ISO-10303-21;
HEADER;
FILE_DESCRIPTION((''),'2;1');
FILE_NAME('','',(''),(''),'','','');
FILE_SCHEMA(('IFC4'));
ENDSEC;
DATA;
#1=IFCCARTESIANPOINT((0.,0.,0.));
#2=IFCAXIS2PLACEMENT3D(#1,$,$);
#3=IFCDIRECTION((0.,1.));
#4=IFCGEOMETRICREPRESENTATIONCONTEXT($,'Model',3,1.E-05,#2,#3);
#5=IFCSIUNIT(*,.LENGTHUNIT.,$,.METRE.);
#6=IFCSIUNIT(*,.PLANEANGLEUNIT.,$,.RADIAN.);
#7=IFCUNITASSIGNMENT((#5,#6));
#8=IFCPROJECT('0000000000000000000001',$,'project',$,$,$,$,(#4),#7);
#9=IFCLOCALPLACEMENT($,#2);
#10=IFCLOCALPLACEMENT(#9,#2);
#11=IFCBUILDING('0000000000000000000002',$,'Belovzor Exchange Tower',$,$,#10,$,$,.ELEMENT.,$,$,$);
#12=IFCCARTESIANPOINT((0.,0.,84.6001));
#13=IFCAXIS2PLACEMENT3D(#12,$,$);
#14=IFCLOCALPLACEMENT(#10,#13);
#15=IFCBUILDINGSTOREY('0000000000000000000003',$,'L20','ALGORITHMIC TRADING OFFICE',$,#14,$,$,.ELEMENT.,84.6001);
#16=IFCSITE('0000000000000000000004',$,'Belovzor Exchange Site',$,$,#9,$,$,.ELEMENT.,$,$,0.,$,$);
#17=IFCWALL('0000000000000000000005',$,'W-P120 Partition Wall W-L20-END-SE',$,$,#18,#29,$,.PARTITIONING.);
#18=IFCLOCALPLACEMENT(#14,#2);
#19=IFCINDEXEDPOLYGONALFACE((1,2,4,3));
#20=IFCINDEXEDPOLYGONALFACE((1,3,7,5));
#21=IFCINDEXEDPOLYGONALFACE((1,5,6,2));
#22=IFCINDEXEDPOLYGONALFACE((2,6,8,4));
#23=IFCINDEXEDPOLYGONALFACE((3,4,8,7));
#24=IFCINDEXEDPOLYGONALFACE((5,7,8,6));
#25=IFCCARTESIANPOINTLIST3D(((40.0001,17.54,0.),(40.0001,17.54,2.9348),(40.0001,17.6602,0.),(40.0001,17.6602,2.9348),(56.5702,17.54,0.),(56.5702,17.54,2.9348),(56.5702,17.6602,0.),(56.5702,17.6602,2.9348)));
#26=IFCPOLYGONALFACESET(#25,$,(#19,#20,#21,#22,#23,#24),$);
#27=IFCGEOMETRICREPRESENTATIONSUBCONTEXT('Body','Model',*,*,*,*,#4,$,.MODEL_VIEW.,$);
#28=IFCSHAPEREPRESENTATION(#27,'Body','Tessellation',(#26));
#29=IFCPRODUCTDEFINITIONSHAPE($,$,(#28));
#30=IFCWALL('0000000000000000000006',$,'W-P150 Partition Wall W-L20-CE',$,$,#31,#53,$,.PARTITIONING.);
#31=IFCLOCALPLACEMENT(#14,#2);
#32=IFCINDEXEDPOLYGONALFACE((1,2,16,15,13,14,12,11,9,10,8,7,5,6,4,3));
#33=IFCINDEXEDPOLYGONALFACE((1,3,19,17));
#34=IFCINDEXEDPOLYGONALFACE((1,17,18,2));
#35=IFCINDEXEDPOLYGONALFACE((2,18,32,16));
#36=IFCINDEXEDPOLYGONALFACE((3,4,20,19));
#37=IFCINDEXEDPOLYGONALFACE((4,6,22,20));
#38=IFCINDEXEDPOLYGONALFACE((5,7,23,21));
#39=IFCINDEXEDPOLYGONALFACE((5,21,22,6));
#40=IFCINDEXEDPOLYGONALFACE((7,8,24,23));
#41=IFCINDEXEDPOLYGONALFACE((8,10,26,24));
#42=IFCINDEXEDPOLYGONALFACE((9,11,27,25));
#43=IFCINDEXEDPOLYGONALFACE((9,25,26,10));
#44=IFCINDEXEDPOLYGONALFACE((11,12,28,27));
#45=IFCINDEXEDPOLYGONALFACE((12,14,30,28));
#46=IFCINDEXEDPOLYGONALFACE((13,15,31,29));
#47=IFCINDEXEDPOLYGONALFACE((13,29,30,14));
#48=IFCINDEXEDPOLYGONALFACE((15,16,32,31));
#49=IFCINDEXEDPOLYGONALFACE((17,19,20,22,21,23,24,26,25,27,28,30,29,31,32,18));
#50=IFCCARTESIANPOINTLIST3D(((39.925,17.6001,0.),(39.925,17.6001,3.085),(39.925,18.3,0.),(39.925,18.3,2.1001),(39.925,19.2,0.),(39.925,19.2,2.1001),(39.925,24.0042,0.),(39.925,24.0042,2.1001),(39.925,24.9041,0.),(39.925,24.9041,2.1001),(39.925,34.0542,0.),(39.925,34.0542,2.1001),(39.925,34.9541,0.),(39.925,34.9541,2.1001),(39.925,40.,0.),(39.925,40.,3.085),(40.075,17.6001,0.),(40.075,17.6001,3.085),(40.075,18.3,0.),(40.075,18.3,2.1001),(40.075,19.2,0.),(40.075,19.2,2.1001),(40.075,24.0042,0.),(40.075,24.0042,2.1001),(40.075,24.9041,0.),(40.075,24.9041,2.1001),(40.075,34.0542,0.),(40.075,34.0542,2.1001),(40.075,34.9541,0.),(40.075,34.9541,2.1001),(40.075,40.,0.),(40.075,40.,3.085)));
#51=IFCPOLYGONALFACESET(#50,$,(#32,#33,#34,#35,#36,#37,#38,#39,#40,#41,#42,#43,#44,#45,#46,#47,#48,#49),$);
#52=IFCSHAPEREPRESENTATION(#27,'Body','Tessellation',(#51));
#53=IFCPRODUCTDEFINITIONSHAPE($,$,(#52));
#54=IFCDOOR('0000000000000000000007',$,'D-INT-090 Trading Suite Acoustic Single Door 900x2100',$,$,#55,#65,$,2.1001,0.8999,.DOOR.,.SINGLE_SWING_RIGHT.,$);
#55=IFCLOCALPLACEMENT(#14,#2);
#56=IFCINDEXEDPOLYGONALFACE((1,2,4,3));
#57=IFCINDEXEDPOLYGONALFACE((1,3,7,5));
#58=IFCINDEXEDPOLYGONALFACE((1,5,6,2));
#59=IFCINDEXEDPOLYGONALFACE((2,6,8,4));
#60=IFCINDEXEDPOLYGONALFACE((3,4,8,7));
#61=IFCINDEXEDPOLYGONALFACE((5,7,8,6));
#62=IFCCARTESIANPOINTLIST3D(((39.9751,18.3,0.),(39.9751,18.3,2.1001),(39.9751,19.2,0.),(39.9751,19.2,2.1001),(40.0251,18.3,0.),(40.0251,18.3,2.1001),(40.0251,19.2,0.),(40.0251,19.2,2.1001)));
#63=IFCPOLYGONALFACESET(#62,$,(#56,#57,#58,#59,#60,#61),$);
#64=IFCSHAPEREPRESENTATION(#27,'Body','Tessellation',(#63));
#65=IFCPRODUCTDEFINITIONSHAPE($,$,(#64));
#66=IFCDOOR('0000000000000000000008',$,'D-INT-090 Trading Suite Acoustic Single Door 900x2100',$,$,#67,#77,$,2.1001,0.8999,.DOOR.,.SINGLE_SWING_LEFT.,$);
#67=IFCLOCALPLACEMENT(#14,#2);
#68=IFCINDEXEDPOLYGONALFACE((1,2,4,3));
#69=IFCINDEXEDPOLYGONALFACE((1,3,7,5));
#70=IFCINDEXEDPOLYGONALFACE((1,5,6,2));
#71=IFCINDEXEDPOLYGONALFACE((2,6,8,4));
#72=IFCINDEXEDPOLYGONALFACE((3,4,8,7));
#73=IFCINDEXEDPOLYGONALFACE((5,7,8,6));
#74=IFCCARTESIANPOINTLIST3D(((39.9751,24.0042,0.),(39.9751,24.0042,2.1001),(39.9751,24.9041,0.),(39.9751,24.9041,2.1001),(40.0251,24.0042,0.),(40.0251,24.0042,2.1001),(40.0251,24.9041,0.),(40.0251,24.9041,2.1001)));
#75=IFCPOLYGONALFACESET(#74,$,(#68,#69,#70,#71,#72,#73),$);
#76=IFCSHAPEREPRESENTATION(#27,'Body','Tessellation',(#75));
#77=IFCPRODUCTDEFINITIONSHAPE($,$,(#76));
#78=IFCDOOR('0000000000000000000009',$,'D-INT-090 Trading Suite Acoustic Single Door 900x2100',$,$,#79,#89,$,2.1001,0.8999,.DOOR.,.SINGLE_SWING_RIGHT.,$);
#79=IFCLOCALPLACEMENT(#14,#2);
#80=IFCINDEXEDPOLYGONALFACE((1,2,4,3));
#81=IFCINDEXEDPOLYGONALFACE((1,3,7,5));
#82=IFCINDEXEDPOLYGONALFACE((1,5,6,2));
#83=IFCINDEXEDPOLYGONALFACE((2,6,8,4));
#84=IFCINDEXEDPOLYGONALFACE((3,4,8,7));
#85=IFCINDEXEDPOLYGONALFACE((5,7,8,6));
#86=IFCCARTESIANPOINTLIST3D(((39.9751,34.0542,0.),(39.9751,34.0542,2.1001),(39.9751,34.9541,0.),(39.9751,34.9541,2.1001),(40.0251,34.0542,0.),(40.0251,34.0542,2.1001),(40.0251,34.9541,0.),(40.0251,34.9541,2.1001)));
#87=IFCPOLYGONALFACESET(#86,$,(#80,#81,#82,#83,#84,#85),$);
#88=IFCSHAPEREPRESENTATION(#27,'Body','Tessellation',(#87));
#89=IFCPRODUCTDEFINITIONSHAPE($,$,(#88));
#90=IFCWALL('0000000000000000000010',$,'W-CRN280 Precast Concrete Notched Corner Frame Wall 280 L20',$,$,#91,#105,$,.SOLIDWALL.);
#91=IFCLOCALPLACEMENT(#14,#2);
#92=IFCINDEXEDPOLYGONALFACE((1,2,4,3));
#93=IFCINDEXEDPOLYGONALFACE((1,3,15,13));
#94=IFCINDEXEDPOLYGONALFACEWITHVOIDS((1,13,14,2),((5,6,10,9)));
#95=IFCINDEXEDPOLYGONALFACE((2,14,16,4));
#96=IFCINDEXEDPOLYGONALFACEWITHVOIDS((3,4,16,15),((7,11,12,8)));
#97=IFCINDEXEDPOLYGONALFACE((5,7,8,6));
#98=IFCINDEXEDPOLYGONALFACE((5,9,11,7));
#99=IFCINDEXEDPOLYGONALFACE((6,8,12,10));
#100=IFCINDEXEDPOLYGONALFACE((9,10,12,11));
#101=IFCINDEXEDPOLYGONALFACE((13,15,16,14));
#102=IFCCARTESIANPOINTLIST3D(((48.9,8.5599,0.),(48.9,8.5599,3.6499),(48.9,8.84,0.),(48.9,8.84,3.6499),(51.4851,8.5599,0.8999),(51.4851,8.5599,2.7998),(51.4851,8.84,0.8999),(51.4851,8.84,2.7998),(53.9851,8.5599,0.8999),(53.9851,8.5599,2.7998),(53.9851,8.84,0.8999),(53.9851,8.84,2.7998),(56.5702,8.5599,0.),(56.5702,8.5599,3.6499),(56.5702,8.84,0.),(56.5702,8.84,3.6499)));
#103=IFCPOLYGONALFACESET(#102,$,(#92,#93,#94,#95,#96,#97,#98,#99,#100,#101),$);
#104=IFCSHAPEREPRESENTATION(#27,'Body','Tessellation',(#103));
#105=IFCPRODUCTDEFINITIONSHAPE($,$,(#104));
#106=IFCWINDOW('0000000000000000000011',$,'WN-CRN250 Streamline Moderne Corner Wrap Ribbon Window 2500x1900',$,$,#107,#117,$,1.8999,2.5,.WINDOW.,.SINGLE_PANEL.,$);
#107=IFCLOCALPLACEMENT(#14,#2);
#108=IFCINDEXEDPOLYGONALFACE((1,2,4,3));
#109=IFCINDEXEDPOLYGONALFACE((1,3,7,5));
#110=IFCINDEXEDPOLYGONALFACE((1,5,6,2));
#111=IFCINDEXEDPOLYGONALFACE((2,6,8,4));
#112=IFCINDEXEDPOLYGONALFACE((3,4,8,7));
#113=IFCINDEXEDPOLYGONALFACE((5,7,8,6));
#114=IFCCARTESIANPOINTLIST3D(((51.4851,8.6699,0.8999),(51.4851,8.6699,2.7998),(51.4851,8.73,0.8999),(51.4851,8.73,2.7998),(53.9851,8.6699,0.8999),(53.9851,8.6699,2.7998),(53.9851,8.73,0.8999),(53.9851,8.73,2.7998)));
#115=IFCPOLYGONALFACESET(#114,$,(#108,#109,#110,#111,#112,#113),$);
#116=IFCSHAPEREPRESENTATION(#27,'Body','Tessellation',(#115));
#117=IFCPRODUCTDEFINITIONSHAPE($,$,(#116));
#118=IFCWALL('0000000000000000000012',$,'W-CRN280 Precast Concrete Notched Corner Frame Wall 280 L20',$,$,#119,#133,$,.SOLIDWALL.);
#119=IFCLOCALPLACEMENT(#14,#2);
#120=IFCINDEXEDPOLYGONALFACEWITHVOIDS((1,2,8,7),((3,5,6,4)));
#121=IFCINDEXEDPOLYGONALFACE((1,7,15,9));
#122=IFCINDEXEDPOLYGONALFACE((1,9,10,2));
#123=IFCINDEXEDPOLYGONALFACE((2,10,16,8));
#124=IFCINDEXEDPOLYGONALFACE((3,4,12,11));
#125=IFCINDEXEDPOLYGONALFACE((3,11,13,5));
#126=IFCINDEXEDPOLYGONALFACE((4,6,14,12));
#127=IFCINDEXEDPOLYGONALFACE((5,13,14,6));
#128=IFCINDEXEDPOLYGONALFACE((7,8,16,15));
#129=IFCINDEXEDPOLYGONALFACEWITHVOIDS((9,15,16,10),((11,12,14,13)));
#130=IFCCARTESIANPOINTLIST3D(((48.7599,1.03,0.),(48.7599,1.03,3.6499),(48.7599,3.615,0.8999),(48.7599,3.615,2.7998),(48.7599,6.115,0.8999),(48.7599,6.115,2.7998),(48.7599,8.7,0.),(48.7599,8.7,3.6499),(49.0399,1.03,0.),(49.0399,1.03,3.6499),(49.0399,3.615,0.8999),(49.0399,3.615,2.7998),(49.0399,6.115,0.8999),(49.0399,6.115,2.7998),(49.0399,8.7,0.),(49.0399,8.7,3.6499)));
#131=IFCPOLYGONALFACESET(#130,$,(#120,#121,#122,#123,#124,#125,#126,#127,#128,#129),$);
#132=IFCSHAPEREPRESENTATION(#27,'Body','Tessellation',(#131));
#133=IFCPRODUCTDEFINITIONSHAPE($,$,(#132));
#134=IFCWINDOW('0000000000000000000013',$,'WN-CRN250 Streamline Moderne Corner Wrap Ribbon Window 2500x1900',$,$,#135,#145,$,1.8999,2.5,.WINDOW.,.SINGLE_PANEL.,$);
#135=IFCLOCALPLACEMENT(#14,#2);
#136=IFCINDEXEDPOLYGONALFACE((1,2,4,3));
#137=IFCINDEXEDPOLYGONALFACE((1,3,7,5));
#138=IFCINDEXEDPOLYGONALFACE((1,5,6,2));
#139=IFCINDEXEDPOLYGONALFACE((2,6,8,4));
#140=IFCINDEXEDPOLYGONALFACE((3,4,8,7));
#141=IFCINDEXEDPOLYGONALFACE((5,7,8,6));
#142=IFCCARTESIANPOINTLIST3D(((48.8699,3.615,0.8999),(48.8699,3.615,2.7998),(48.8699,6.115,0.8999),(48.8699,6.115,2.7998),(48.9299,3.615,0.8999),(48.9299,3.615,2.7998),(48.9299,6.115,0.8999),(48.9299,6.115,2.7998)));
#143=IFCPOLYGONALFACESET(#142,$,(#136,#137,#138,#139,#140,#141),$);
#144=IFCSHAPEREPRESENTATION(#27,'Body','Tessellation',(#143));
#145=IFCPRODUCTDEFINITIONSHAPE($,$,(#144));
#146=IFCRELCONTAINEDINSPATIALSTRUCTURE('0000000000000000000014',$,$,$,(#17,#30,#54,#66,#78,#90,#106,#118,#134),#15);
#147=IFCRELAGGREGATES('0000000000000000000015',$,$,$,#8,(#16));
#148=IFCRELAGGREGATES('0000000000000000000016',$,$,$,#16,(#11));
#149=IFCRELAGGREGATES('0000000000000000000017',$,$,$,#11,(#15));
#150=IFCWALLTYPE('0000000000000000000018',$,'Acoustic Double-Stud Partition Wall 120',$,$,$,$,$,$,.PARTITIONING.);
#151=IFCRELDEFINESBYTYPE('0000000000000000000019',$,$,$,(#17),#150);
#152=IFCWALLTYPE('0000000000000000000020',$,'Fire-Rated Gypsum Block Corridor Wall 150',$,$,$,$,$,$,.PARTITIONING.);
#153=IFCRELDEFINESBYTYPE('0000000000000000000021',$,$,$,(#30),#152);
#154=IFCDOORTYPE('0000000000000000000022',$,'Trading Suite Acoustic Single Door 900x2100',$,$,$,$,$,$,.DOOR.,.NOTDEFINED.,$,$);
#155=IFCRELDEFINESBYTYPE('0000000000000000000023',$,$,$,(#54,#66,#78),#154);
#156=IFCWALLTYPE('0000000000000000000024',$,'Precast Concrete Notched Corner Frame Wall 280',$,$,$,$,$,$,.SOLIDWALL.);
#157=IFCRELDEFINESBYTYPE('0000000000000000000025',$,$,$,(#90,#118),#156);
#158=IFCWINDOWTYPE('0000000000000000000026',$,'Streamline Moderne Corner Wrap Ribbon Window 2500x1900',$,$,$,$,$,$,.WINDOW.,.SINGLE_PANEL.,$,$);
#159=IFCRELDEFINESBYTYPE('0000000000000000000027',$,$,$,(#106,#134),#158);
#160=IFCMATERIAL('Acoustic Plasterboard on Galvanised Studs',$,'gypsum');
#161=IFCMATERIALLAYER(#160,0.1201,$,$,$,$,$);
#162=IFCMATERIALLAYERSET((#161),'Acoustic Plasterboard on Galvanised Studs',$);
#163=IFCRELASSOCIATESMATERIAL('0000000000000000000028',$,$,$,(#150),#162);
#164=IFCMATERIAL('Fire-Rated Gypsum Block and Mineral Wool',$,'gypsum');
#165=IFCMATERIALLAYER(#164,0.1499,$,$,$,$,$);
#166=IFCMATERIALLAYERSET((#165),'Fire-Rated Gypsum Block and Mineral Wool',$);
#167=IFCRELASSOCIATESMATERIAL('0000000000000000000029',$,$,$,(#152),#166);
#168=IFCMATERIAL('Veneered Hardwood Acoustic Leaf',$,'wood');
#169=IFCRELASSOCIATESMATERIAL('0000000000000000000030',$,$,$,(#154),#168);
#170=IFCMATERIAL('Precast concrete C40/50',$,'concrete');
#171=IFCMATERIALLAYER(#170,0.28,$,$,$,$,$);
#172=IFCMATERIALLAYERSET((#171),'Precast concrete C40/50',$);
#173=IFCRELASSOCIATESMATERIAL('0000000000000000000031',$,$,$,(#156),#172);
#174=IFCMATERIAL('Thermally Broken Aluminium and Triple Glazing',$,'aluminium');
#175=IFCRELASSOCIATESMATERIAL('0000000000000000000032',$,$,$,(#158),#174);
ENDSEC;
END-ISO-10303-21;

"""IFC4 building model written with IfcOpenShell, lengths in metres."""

from ifc_helpers import new_model, si_unit, direction, frame, frame_2d, origin, place, context, subcontext, project, spatial, rectangle, extrude, material, layer, layer_set, type_object, element, fill, save


model = new_model("IFC4")

# Units and contexts
model_context = context("Model", 3, precision=1e-05, world=origin(), true_north=direction((0.0, 1.0)))
body_context = subcontext(model_context, "Body", "Model", "MODEL_VIEW")
ifc_project = project(units=[si_unit("LENGTHUNIT", "METRE"), si_unit("PLANEANGLEUNIT", "RADIAN")], contexts=[model_context])

# Site, building, storey
site_placement = place(None, origin())
site = spatial("IfcSite", under=ifc_project, at=site_placement, Name="Belovzor Exchange Site", CompositionType="ELEMENT", RefElevation=0.0)
building_placement = place(site_placement, origin())
building = spatial("IfcBuilding", under=site, at=building_placement, Name="Belovzor Exchange Tower", CompositionType="ELEMENT")
storey_placement = place(building_placement, frame((0.0, 0.0, 84.6001)))
storey = spatial("IfcBuildingStorey", under=building, at=storey_placement, Name="L20", Description="ALGORITHMIC TRADING OFFICE", CompositionType="ELEMENT", Elevation=84.6001)

# Wall
ifc_material_1 = material(Name="Acoustic Plasterboard on Galvanised Studs", Category="gypsum")
ifc_layer_1 = layer(ifc_material_1, 0.1201)
ifc_layer_set_1 = layer_set([ifc_layer_1], Name="Acoustic Plasterboard on Galvanised Studs")
wall_type_1 = type_object("IfcWallType", Name="Acoustic Double-Stud Partition Wall 120", PredefinedType="PARTITIONING", material=ifc_layer_set_1)
wall_1_placement = place(storey_placement, frame((40.0, 17.6001, 0.0), z_axis=(0.0, 0.0, 1.0), x_axis=(1.0, 0.0, 0.0)))
element("IfcWall", 1, at=wall_1_placement, inside=storey, type_object=wall_type_1, Name="W-P120 Partition Wall W-L20-END-SE", PredefinedType="PARTITIONING", context=body_context, shape_type="SweptSolid", body=[
    extrude(rectangle(XDim=16.5701, YDim=0.1201, at=frame_2d((8.2852, 0.0))), origin(), (0.0, 0.0, 1.0), 2.9348),
])

# Wall, openings, doors
ifc_material_2 = material(Name="Fire-Rated Gypsum Block and Mineral Wool", Category="gypsum")
ifc_layer_2 = layer(ifc_material_2, 0.1499)
ifc_layer_set_2 = layer_set([ifc_layer_2], Name="Fire-Rated Gypsum Block and Mineral Wool")
wall_type_2 = type_object("IfcWallType", Name="Fire-Rated Gypsum Block Corridor Wall 150", PredefinedType="PARTITIONING", material=ifc_layer_set_2)
wall_2_placement = place(storey_placement, frame((40.0, 17.6001, 0.0), z_axis=(0.0, 0.0, 1.0), x_axis=(0.0, 1.0, 0.0)))
wall_2 = element("IfcWall", 2, at=wall_2_placement, inside=storey, type_object=wall_type_2, Name="W-P150 Partition Wall W-L20-CE", PredefinedType="PARTITIONING", context=body_context, shape_type="SweptSolid", body=[
    extrude(rectangle(XDim=22.3999, YDim=0.1499, at=frame_2d((11.2, 0.0))), origin(), (0.0, 0.0, 1.0), 3.085),
])
opening_1_placement = place(wall_2_placement, frame((0.7, 0.0, 0.0)))
opening_1 = element("IfcOpeningElement", 3, at=opening_1_placement, cuts=wall_2, PredefinedType="OPENING", context=body_context, shape_type="SweptSolid", body=[
    extrude(rectangle(XDim=0.8999, YDim=2.1001, at=frame_2d((0.45, 1.05))), frame((0.0, 0.085, 0.0), z_axis=(0.0, -1.0, 0.0), x_axis=(1.0, 0.0, 0.0)), (0.0, 0.0, 1.0), 0.1699),
])
opening_2_placement = place(wall_2_placement, frame((6.4041, 0.0, 0.0)))
opening_2 = element("IfcOpeningElement", 4, at=opening_2_placement, cuts=wall_2, PredefinedType="OPENING", context=body_context, shape_type="SweptSolid", body=[
    extrude(rectangle(XDim=0.8999, YDim=2.1001, at=frame_2d((0.45, 1.05))), frame((0.0, 0.085, 0.0), z_axis=(0.0, -1.0, 0.0), x_axis=(1.0, 0.0, 0.0)), (0.0, 0.0, 1.0), 0.1699),
])
opening_3_placement = place(wall_2_placement, frame((16.4541, 0.0, 0.0)))
opening_3 = element("IfcOpeningElement", 5, at=opening_3_placement, cuts=wall_2, PredefinedType="OPENING", context=body_context, shape_type="SweptSolid", body=[
    extrude(rectangle(XDim=0.8999, YDim=2.1001, at=frame_2d((0.45, 1.05))), frame((0.0, 0.085, 0.0), z_axis=(0.0, -1.0, 0.0), x_axis=(1.0, 0.0, 0.0)), (0.0, 0.0, 1.0), 0.1699),
])
ifc_material_3 = material(Name="Veneered Hardwood Acoustic Leaf", Category="wood")
door_type_1 = type_object("IfcDoorType", Name="Trading Suite Acoustic Single Door 900x2100", OperationType="NOTDEFINED", PredefinedType="DOOR", material=ifc_material_3)
door_1_placement = place(opening_1_placement, origin())
door_1 = element("IfcDoor", 6, at=door_1_placement, inside=storey, type_object=door_type_1, Name="D-INT-090 Trading Suite Acoustic Single Door 900x2100", OperationType="SINGLE_SWING_RIGHT", OverallHeight=2.1001, OverallWidth=0.8999, PredefinedType="DOOR", context=body_context, shape_type="SweptSolid", body=[
    extrude(rectangle(XDim=0.8999, YDim=2.1001, at=frame_2d((0.45, 1.05))), frame((0.0, 0.0249, 0.0), z_axis=(0.0, -1.0, 0.0), x_axis=(1.0, 0.0, 0.0)), (0.0, 0.0, 1.0), 0.05),
])
fill(opening_1, door_1)
door_2_placement = place(opening_2_placement, origin())
door_2 = element("IfcDoor", 7, at=door_2_placement, inside=storey, type_object=door_type_1, Name="D-INT-090 Trading Suite Acoustic Single Door 900x2100", OperationType="SINGLE_SWING_LEFT", OverallHeight=2.1001, OverallWidth=0.8999, PredefinedType="DOOR", context=body_context, shape_type="SweptSolid", body=[
    extrude(rectangle(XDim=0.8999, YDim=2.1001, at=frame_2d((0.45, 1.05))), frame((0.0, 0.0249, 0.0), z_axis=(0.0, -1.0, 0.0), x_axis=(1.0, 0.0, 0.0)), (0.0, 0.0, 1.0), 0.05),
])
fill(opening_2, door_2)
door_3_placement = place(opening_3_placement, origin())
door_3 = element("IfcDoor", 8, at=door_3_placement, inside=storey, type_object=door_type_1, Name="D-INT-090 Trading Suite Acoustic Single Door 900x2100", OperationType="SINGLE_SWING_RIGHT", OverallHeight=2.1001, OverallWidth=0.8999, PredefinedType="DOOR", context=body_context, shape_type="SweptSolid", body=[
    extrude(rectangle(XDim=0.8999, YDim=2.1001, at=frame_2d((0.45, 1.05))), frame((0.0, 0.0249, 0.0), z_axis=(0.0, -1.0, 0.0), x_axis=(1.0, 0.0, 0.0)), (0.0, 0.0, 1.0), 0.05),
])
fill(opening_3, door_3)

# Walls, openings, windows
ifc_material_4 = material(Name="Precast concrete C40/50", Category="concrete")
ifc_layer_3 = layer(ifc_material_4, 0.28)
ifc_layer_set_3 = layer_set([ifc_layer_3], Name="Precast concrete C40/50")
wall_type_3 = type_object("IfcWallType", Name="Precast Concrete Notched Corner Frame Wall 280", PredefinedType="SOLIDWALL", material=ifc_layer_set_3)
wall_3_placement = place(storey_placement, frame((56.5701, 8.7, 0.0), z_axis=(0.0, 0.0, 1.0), x_axis=(-1.0, 0.0, 0.0)))
wall_3 = element("IfcWall", 9, at=wall_3_placement, inside=storey, type_object=wall_type_3, Name="W-CRN280 Precast Concrete Notched Corner Frame Wall 280 L20", PredefinedType="SOLIDWALL", context=body_context, shape_type="SweptSolid", body=[
    extrude(rectangle(XDim=7.6702, YDim=0.28, at=frame_2d((3.835, 0.0))), origin(), (0.0, 0.0, 1.0), 3.6499),
])
opening_4_placement = place(wall_3_placement, frame((2.585, 0.0, 0.8999)))
opening_4 = element("IfcOpeningElement", 10, at=opening_4_placement, cuts=wall_3, PredefinedType="OPENING", context=body_context, shape_type="SweptSolid", body=[
    extrude(rectangle(XDim=2.5, YDim=1.8999, at=frame_2d((1.25, 0.95))), frame((0.0, 0.1499, 0.0), z_axis=(0.0, -1.0, 0.0), x_axis=(1.0, 0.0, 0.0)), (0.0, 0.0, 1.0), 0.3),
])
ifc_material_5 = material(Name="Thermally Broken Aluminium and Triple Glazing", Category="aluminium")
window_type = type_object("IfcWindowType", Name="Streamline Moderne Corner Wrap Ribbon Window 2500x1900", PartitioningType="SINGLE_PANEL", PredefinedType="WINDOW", material=ifc_material_5)
window_1_placement = place(opening_4_placement, origin())
window_1 = element("IfcWindow", 11, at=window_1_placement, inside=storey, type_object=window_type, Name="WN-CRN250 Streamline Moderne Corner Wrap Ribbon Window 2500x1900", OverallHeight=1.8999, OverallWidth=2.5, PartitioningType="SINGLE_PANEL", PredefinedType="WINDOW", context=body_context, shape_type="SweptSolid", body=[
    extrude(rectangle(XDim=2.5, YDim=1.8999, at=frame_2d((1.25, 0.95))), frame((0.0, 0.03, 0.0), z_axis=(0.0, -1.0, 0.0), x_axis=(1.0, 0.0, 0.0)), (0.0, 0.0, 1.0), 0.0601),
])
fill(opening_4, window_1)
wall_4_placement = place(storey_placement, frame((48.8999, 8.7, 0.0), z_axis=(0.0, 0.0, 1.0), x_axis=(0.0, -1.0, 0.0)))
wall_4 = element("IfcWall", 12, at=wall_4_placement, inside=storey, type_object=wall_type_3, Name="W-CRN280 Precast Concrete Notched Corner Frame Wall 280 L20", PredefinedType="SOLIDWALL", context=body_context, shape_type="SweptSolid", body=[
    extrude(rectangle(XDim=7.6699, YDim=0.28, at=frame_2d((3.835, 0.0))), origin(), (0.0, 0.0, 1.0), 3.6499),
])
opening_5_placement = place(wall_4_placement, frame((2.585, 0.0, 0.8999)))
opening_5 = element("IfcOpeningElement", 13, at=opening_5_placement, cuts=wall_4, PredefinedType="OPENING", context=body_context, shape_type="SweptSolid", body=[
    extrude(rectangle(XDim=2.5, YDim=1.8999, at=frame_2d((1.25, 0.95))), frame((0.0, 0.1499, 0.0), z_axis=(0.0, -1.0, 0.0), x_axis=(1.0, 0.0, 0.0)), (0.0, 0.0, 1.0), 0.3),
])
window_2_placement = place(opening_5_placement, origin())
window_2 = element("IfcWindow", 14, at=window_2_placement, inside=storey, type_object=window_type, Name="WN-CRN250 Streamline Moderne Corner Wrap Ribbon Window 2500x1900", OverallHeight=1.8999, OverallWidth=2.5, PartitioningType="SINGLE_PANEL", PredefinedType="WINDOW", context=body_context, shape_type="SweptSolid", body=[
    extrude(rectangle(XDim=2.5, YDim=1.8999, at=frame_2d((1.25, 0.95))), frame((0.0, 0.03, 0.0), z_axis=(0.0, -1.0, 0.0), x_axis=(1.0, 0.0, 0.0)), (0.0, 0.0, 1.0), 0.0601),
])
fill(opening_5, window_2)

save(model, "model.ifc")
